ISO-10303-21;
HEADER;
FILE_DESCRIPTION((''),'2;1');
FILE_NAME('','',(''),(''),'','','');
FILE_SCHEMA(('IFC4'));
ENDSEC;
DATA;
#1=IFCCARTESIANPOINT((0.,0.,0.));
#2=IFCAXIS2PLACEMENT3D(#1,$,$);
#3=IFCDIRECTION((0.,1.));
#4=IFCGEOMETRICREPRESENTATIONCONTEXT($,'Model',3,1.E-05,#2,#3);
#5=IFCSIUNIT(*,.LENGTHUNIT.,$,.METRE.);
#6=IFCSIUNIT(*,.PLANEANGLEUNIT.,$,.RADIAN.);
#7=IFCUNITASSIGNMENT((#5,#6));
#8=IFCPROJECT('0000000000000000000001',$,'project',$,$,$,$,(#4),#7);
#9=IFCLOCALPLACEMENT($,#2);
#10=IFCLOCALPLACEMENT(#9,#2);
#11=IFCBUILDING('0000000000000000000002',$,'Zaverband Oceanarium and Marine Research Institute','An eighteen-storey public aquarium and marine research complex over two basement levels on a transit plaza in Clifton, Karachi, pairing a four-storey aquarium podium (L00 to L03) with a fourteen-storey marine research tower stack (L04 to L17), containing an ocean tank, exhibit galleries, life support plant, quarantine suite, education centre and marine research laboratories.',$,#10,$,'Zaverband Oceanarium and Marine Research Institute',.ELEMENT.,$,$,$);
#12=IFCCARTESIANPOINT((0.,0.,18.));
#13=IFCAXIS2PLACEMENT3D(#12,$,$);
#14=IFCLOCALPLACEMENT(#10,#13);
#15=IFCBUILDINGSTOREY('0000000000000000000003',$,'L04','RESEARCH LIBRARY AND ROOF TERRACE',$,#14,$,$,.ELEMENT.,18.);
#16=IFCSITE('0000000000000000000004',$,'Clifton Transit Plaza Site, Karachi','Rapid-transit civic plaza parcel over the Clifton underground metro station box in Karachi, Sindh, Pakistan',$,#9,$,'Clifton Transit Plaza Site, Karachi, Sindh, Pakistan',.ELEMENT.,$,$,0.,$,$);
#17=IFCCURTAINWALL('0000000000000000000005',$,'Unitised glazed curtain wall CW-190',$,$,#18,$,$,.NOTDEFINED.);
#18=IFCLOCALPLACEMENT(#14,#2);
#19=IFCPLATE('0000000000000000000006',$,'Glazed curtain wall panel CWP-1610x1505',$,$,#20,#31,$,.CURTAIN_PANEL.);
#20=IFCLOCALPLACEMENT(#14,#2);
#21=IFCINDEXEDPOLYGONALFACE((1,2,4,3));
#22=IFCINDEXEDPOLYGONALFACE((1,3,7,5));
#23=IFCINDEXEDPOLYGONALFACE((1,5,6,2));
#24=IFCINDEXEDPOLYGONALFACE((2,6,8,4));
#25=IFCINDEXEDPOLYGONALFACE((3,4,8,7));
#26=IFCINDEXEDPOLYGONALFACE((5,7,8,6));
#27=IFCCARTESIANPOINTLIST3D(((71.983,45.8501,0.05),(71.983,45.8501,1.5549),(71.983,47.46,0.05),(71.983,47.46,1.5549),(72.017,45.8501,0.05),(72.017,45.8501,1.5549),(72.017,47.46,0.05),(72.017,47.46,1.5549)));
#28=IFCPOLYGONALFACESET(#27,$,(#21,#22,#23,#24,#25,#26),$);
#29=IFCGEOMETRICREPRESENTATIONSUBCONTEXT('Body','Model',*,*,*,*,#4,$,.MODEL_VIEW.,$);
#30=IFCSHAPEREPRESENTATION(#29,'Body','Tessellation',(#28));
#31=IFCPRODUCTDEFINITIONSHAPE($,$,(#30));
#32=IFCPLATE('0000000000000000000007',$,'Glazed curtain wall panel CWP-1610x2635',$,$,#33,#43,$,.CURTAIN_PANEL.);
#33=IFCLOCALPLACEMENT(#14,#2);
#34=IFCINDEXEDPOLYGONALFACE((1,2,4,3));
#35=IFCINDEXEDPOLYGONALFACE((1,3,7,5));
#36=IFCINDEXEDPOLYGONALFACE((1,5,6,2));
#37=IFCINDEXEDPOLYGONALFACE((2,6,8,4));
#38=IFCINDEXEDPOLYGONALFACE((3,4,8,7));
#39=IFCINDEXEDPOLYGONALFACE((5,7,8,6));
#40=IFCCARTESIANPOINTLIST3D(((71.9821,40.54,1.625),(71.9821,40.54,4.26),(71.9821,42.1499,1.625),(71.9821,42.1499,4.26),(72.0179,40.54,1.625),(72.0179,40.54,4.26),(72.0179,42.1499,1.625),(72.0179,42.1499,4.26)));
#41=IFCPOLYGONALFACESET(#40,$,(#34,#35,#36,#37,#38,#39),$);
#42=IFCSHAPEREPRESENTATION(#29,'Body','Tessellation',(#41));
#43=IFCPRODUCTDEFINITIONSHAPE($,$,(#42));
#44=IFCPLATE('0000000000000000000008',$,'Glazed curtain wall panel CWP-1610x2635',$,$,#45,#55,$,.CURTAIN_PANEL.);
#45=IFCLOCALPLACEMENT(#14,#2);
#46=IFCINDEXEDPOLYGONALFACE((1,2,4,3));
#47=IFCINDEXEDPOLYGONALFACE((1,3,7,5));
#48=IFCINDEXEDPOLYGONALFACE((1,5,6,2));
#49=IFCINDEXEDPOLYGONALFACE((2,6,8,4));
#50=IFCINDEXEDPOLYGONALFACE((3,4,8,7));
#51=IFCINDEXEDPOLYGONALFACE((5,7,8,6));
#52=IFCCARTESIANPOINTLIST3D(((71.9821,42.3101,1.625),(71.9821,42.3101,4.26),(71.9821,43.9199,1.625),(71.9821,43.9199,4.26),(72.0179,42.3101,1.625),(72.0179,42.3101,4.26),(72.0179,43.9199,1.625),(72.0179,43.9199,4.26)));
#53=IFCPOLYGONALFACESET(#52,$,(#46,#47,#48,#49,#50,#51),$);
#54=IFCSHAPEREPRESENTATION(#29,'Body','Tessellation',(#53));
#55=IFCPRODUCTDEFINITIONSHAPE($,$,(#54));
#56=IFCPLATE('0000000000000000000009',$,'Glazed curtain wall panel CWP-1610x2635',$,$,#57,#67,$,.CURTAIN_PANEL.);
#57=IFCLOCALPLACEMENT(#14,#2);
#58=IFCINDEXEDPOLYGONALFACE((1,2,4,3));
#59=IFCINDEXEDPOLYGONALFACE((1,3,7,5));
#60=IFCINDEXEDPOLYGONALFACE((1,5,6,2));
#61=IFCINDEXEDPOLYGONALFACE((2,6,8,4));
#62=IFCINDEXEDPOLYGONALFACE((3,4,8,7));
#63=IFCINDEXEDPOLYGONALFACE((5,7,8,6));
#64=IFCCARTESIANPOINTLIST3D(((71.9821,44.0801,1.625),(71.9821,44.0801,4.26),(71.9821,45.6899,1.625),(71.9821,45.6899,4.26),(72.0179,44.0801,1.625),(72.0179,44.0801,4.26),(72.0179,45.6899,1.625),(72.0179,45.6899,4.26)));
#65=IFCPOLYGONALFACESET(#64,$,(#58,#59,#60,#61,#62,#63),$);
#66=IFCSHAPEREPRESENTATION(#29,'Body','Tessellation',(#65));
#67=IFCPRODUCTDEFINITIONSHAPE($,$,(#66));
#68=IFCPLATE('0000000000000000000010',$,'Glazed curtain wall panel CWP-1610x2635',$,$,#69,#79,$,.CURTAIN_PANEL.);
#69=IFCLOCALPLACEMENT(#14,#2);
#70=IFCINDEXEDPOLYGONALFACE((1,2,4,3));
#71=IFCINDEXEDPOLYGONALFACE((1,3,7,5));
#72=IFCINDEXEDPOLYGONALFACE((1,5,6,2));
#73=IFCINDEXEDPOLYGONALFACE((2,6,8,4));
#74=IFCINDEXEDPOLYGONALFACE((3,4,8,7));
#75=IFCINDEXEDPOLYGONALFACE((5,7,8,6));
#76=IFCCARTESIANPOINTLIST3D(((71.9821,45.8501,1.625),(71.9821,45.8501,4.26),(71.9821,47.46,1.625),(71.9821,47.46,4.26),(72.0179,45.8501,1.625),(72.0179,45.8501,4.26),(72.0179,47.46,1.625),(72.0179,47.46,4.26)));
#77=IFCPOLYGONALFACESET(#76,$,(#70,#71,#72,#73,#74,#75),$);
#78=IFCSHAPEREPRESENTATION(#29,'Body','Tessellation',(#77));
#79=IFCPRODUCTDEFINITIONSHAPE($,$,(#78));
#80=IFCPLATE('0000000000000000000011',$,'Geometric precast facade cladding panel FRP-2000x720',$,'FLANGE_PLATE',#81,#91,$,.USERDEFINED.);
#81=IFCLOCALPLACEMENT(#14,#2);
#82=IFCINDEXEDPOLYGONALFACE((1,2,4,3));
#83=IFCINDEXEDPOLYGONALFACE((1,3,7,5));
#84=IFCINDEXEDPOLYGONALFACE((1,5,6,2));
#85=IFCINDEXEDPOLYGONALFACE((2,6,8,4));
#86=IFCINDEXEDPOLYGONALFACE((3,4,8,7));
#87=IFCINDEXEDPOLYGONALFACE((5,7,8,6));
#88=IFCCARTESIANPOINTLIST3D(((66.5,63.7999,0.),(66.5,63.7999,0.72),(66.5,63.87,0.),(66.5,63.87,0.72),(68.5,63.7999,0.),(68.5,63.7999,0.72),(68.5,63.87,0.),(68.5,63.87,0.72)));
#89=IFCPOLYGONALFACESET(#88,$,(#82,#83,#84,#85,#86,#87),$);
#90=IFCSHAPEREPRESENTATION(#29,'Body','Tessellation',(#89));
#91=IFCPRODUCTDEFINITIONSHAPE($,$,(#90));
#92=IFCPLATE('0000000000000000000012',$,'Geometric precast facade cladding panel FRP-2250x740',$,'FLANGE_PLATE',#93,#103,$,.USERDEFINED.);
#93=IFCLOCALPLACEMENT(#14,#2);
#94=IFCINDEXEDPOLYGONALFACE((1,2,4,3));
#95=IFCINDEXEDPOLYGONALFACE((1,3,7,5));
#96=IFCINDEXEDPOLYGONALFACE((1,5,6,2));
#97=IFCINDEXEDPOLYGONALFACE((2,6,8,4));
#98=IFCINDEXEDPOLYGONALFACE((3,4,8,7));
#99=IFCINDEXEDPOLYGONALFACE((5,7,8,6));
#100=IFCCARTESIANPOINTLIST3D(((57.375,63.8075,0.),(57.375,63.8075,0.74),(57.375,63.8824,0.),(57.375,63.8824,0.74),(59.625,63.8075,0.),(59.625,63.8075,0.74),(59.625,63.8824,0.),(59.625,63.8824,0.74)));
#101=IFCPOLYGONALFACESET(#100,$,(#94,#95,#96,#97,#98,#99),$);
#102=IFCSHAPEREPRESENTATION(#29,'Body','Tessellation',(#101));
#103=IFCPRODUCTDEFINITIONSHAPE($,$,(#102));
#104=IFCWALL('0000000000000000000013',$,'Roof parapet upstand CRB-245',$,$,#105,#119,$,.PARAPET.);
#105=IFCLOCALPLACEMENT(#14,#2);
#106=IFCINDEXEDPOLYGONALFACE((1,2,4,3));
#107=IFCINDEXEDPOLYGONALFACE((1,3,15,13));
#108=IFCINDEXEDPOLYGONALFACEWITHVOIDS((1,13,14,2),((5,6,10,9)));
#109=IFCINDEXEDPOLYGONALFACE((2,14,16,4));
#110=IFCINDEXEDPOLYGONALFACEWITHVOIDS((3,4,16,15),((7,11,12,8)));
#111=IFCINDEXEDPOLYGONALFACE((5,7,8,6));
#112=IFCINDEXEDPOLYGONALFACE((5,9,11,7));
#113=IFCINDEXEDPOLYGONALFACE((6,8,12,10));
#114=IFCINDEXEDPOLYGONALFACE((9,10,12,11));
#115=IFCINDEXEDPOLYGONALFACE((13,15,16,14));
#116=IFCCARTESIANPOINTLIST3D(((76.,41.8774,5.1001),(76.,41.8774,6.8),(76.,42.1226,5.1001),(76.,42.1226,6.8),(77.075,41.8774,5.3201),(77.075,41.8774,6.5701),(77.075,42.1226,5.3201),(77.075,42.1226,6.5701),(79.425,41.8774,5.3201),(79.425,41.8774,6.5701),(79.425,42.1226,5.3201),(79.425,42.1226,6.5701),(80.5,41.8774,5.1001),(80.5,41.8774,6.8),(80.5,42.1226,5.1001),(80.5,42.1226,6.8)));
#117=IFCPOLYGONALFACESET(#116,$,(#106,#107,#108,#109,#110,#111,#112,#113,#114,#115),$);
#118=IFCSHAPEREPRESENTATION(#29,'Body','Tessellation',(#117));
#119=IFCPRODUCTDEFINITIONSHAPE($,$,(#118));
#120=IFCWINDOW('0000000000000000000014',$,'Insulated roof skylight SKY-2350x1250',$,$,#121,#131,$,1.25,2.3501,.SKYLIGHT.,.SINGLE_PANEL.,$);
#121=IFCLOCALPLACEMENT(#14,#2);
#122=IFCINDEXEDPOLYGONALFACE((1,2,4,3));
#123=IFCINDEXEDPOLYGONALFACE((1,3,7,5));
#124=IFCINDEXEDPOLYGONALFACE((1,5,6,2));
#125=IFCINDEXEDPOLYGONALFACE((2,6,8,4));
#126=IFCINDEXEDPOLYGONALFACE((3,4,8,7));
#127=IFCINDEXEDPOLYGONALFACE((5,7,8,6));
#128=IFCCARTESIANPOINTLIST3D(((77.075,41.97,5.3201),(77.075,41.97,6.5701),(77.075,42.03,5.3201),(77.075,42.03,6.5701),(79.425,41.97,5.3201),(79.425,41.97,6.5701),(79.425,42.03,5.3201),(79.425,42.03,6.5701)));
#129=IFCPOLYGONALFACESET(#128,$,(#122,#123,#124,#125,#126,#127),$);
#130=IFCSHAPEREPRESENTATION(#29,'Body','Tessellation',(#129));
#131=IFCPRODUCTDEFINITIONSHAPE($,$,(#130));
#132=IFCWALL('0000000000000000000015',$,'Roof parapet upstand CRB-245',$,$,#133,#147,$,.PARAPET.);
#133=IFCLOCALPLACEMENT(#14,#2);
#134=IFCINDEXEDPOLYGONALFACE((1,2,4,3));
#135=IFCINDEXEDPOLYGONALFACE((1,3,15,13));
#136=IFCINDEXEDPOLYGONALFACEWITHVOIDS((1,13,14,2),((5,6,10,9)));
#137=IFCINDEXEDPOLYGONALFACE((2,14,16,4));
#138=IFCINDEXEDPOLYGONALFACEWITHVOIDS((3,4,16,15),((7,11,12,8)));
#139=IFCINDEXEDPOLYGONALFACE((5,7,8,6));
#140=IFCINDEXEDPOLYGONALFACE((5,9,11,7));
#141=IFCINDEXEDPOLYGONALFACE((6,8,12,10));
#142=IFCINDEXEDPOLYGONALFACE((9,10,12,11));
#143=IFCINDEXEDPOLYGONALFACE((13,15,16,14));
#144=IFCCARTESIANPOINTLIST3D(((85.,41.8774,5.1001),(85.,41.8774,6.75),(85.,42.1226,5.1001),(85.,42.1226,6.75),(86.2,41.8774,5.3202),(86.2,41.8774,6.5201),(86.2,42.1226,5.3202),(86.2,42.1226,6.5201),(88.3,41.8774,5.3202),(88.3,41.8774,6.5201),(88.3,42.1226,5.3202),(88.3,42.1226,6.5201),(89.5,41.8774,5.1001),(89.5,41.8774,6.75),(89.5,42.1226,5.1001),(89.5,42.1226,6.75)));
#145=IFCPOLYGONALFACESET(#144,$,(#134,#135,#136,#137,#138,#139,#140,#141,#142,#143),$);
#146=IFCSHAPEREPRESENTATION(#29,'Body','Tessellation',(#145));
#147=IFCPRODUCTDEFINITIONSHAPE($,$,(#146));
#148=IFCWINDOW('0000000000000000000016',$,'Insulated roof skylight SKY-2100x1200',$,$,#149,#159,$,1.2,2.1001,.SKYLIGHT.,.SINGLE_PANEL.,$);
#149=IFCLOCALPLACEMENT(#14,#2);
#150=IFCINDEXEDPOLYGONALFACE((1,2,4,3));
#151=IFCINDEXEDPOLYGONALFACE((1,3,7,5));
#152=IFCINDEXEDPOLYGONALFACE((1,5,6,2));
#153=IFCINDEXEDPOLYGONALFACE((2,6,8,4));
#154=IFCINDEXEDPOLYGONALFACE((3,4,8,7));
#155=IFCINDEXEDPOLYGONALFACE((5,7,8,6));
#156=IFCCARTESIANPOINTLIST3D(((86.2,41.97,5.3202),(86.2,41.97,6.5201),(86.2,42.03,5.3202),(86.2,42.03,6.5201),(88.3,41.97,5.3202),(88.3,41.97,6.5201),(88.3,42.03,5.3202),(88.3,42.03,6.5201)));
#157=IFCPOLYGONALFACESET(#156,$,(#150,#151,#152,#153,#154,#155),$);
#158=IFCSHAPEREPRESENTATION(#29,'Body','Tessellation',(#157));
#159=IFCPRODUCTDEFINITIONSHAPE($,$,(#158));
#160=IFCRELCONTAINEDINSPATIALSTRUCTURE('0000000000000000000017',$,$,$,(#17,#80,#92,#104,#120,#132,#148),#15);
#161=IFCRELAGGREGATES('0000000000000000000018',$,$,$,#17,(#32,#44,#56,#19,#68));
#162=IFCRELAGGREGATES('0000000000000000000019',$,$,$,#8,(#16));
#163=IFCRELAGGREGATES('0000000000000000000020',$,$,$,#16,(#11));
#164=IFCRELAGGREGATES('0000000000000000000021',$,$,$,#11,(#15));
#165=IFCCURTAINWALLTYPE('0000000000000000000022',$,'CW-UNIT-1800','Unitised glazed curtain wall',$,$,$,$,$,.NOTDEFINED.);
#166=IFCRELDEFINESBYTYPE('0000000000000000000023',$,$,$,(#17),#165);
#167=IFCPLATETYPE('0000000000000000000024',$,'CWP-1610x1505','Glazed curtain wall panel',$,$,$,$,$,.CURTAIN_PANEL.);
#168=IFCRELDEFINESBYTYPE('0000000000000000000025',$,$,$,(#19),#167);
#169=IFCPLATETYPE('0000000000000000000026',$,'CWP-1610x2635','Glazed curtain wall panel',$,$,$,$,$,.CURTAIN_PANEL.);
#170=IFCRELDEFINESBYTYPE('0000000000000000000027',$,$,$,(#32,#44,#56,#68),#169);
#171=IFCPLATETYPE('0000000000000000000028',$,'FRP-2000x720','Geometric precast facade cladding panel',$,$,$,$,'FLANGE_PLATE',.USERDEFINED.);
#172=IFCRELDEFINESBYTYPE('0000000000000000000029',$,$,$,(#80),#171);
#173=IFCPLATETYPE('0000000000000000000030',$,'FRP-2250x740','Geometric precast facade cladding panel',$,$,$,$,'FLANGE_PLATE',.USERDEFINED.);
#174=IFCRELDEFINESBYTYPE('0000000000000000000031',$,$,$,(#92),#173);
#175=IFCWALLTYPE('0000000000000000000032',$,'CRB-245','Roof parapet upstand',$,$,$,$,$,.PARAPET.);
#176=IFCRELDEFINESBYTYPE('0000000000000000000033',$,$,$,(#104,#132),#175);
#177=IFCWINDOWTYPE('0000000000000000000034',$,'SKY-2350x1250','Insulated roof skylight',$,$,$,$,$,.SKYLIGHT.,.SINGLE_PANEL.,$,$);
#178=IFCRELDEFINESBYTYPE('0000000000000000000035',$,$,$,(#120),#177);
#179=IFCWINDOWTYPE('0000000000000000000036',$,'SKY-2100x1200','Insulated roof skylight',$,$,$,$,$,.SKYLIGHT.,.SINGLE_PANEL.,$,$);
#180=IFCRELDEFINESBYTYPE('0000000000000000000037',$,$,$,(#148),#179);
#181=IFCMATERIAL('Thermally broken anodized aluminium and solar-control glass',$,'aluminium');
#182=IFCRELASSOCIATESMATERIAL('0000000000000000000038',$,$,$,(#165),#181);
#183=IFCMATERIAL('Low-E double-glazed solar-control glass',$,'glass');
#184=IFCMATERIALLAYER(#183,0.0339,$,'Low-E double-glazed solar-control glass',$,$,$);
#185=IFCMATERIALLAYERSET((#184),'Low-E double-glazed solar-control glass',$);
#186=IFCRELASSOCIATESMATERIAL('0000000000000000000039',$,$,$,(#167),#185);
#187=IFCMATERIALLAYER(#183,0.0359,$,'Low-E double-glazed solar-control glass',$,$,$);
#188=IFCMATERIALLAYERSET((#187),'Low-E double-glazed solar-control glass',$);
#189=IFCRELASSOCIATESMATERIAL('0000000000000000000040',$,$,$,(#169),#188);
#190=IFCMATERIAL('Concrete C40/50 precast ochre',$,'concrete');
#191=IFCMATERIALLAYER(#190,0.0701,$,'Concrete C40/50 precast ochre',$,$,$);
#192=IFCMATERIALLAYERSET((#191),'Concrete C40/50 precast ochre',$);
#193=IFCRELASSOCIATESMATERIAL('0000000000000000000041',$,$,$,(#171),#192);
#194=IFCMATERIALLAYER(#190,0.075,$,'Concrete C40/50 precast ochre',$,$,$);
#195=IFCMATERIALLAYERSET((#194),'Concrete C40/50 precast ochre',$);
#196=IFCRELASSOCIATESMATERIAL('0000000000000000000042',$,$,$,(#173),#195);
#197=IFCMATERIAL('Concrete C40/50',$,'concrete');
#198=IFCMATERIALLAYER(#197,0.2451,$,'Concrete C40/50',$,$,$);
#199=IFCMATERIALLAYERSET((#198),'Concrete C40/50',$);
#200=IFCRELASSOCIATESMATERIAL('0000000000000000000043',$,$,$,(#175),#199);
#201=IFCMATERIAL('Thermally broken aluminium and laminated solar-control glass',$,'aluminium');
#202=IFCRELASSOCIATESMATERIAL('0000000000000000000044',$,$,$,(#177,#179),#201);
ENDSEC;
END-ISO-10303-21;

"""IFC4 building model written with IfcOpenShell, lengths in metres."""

from ifc_helpers import new_model, si_unit, direction, frame, frame_2d, origin, place, context, subcontext, project, spatial, rectangle, extrude, material, layer, layer_set, type_object, element, fill, aggregate, save


model = new_model("IFC4")

# Units and contexts
model_context = context("Model", 3, precision=1e-05, world=origin(), true_north=direction((0.0, 1.0)))
body_context = subcontext(model_context, "Body", "Model", "MODEL_VIEW")
ifc_project = project(units=[si_unit("LENGTHUNIT", "METRE"), si_unit("PLANEANGLEUNIT", "RADIAN")], contexts=[model_context])

# Site, building, storey
site_placement = place(None, origin())
site = spatial("IfcSite", under=ifc_project, at=site_placement, Name="Clifton Transit Plaza Site, Karachi", Description="Rapid-transit civic plaza parcel over the Clifton underground metro station box in Karachi, Sindh, Pakistan", LongName="Clifton Transit Plaza Site, Karachi, Sindh, Pakistan", CompositionType="ELEMENT", RefElevation=0.0)
building_placement = place(site_placement, origin())
building = spatial("IfcBuilding", under=site, at=building_placement, Name="Zaverband Oceanarium and Marine Research Institute", Description="An eighteen-storey public aquarium and marine research complex over two basement levels on a transit plaza in Clifton, Karachi, pairing a four-storey aquarium podium (L00 to L03) with a fourteen-storey marine research tower stack (L04 to L17), containing an ocean tank, exhibit galleries, life support plant, quarantine suite, education centre and marine research laboratories.", LongName="Zaverband Oceanarium and Marine Research Institute", CompositionType="ELEMENT")
storey_placement = place(building_placement, frame((0.0, 0.0, 18.0)))
storey = spatial("IfcBuildingStorey", under=building, at=storey_placement, Name="L04", Description="RESEARCH LIBRARY AND ROOF TERRACE", CompositionType="ELEMENT", Elevation=18.0)

# Shared definitions
ifc_material_1 = material(Name="Concrete C40/50", Category="concrete")

# Curtain wall
ifc_material_2 = material(Name="Thermally broken anodized aluminium and solar-control glass", Category="aluminium")
curtain_wall_type = type_object("IfcCurtainWallType", Name="CW-UNIT-1800", Description="Unitised glazed curtain wall", PredefinedType="NOTDEFINED", material=ifc_material_2)
curtain_wall_placement = place(storey_placement, origin())
curtain_wall = element("IfcCurtainWall", 1, at=curtain_wall_placement, inside=storey, type_object=curtain_wall_type, Name="Unitised glazed curtain wall CW-190", PredefinedType="NOTDEFINED")

# Plates
ifc_material_3 = material(Name="Low-E double-glazed solar-control glass", Category="glass")
ifc_layer_1 = layer(ifc_material_3, 0.0339, Name="Low-E double-glazed solar-control glass")
ifc_layer_set_1 = layer_set([ifc_layer_1], Name="Low-E double-glazed solar-control glass")
plate_type_1 = type_object("IfcPlateType", Name="CWP-1610x1505", Description="Glazed curtain wall panel", PredefinedType="CURTAIN_PANEL", material=ifc_layer_set_1)
plate_1_placement = place(storey_placement, frame((72.0, 45.8501, 0.05), z_axis=(0.0, 0.0, 1.0), x_axis=(0.0, 1.0, 0.0)))
plate_1 = element("IfcPlate", 2, at=plate_1_placement, type_object=plate_type_1, Name="Glazed curtain wall panel CWP-1610x1505", PredefinedType="CURTAIN_PANEL", context=body_context, shape_type="SweptSolid", body=[
    extrude(rectangle(XDim=1.6099, YDim=0.0339, at=frame_2d((0.8049, 0.0))), origin(), (0.0, 0.0, 1.0), 1.5049),
])
ifc_layer_2 = layer(ifc_material_3, 0.0359, Name="Low-E double-glazed solar-control glass")
ifc_layer_set_2 = layer_set([ifc_layer_2], Name="Low-E double-glazed solar-control glass")
plate_type_2 = type_object("IfcPlateType", Name="CWP-1610x2635", Description="Glazed curtain wall panel", PredefinedType="CURTAIN_PANEL", material=ifc_layer_set_2)
plate_2_placement = place(storey_placement, frame((72.0, 40.54, 1.625), z_axis=(0.0, 0.0, 1.0), x_axis=(0.0, 1.0, 0.0)))
plate_2 = element("IfcPlate", 3, at=plate_2_placement, type_object=plate_type_2, Name="Glazed curtain wall panel CWP-1610x2635", PredefinedType="CURTAIN_PANEL", context=body_context, shape_type="SweptSolid", body=[
    extrude(rectangle(XDim=1.6099, YDim=0.0359, at=frame_2d((0.8049, 0.0))), origin(), (0.0, 0.0, 1.0), 2.635),
])
plate_3_placement = place(storey_placement, frame((72.0, 42.3101, 1.625), z_axis=(0.0, 0.0, 1.0), x_axis=(0.0, 1.0, 0.0)))
plate_3 = element("IfcPlate", 4, at=plate_3_placement, type_object=plate_type_2, Name="Glazed curtain wall panel CWP-1610x2635", PredefinedType="CURTAIN_PANEL", context=body_context, shape_type="SweptSolid", body=[
    extrude(rectangle(XDim=1.6099, YDim=0.0359, at=frame_2d((0.8049, 0.0))), origin(), (0.0, 0.0, 1.0), 2.635),
])
plate_4_placement = place(storey_placement, frame((72.0, 44.0801, 1.625), z_axis=(0.0, 0.0, 1.0), x_axis=(0.0, 1.0, 0.0)))
plate_4 = element("IfcPlate", 5, at=plate_4_placement, type_object=plate_type_2, Name="Glazed curtain wall panel CWP-1610x2635", PredefinedType="CURTAIN_PANEL", context=body_context, shape_type="SweptSolid", body=[
    extrude(rectangle(XDim=1.6099, YDim=0.0359, at=frame_2d((0.8049, 0.0))), origin(), (0.0, 0.0, 1.0), 2.635),
])
plate_5_placement = place(storey_placement, frame((72.0, 45.8501, 1.625), z_axis=(0.0, 0.0, 1.0), x_axis=(0.0, 1.0, 0.0)))
plate_5 = element("IfcPlate", 6, at=plate_5_placement, type_object=plate_type_2, Name="Glazed curtain wall panel CWP-1610x2635", PredefinedType="CURTAIN_PANEL", context=body_context, shape_type="SweptSolid", body=[
    extrude(rectangle(XDim=1.6099, YDim=0.0359, at=frame_2d((0.8049, 0.0))), origin(), (0.0, 0.0, 1.0), 2.635),
])
aggregate(curtain_wall, [plate_2, plate_3, plate_4, plate_1, plate_5])

# Plates
ifc_material_4 = material(Name="Concrete C40/50 precast ochre", Category="concrete")
ifc_layer_3 = layer(ifc_material_4, 0.0701, Name="Concrete C40/50 precast ochre")
ifc_layer_set_3 = layer_set([ifc_layer_3], Name="Concrete C40/50 precast ochre")
plate_type_3 = type_object("IfcPlateType", Name="FRP-2000x720", Description="Geometric precast facade cladding panel", ElementType="FLANGE_PLATE", PredefinedType="USERDEFINED", material=ifc_layer_set_3)
plate_6_placement = place(storey_placement, frame((66.5, 63.835, 0.0), z_axis=(0.0, 0.0, 1.0), x_axis=(1.0, 0.0, 0.0)))
element("IfcPlate", 7, at=plate_6_placement, inside=storey, type_object=plate_type_3, Name="Geometric precast facade cladding panel FRP-2000x720", ObjectType="FLANGE_PLATE", PredefinedType="USERDEFINED", context=body_context, shape_type="SweptSolid", body=[
    extrude(rectangle(XDim=2.0, YDim=0.0701, at=frame_2d((1.0, 0.0))), origin(), (0.0, 0.0, 1.0), 0.72),
])
ifc_layer_4 = layer(ifc_material_4, 0.075, Name="Concrete C40/50 precast ochre")
ifc_layer_set_4 = layer_set([ifc_layer_4], Name="Concrete C40/50 precast ochre")
plate_type_4 = type_object("IfcPlateType", Name="FRP-2250x740", Description="Geometric precast facade cladding panel", ElementType="FLANGE_PLATE", PredefinedType="USERDEFINED", material=ifc_layer_set_4)
plate_7_placement = place(storey_placement, frame((57.375, 63.845, 0.0), z_axis=(0.0, 0.0, 1.0), x_axis=(1.0, 0.0, 0.0)))
element("IfcPlate", 8, at=plate_7_placement, inside=storey, type_object=plate_type_4, Name="Geometric precast facade cladding panel FRP-2250x740", ObjectType="FLANGE_PLATE", PredefinedType="USERDEFINED", context=body_context, shape_type="SweptSolid", body=[
    extrude(rectangle(XDim=2.25, YDim=0.075, at=frame_2d((1.125, 0.0))), origin(), (0.0, 0.0, 1.0), 0.74),
])

# Walls, openings, windows
ifc_layer_5 = layer(ifc_material_1, 0.2451, Name="Concrete C40/50")
ifc_layer_set_5 = layer_set([ifc_layer_5], Name="Concrete C40/50")
wall_type_1 = type_object("IfcWallType", Name="CRB-245", Description="Roof parapet upstand", PredefinedType="PARAPET", material=ifc_layer_set_5)
wall_1_placement = place(storey_placement, frame((76.0, 42.0, 5.1001), z_axis=(0.0, 0.0, 1.0), x_axis=(1.0, 0.0, 0.0)))
wall_1 = element("IfcWall", 9, at=wall_1_placement, inside=storey, type_object=wall_type_1, Name="Roof parapet upstand CRB-245", PredefinedType="PARAPET", context=body_context, shape_type="SweptSolid", body=[
    extrude(rectangle(XDim=4.5, YDim=0.2451, at=frame_2d((2.25, 0.0))), origin(), (0.0, 0.0, 1.0), 1.7),
])
opening_1_placement = place(wall_1_placement, frame((1.075, 0.0, 0.22)))
opening_1 = element("IfcOpeningElement", 10, at=opening_1_placement, cuts=wall_1, PredefinedType="OPENING", context=body_context, shape_type="SweptSolid", body=[
    extrude(rectangle(XDim=2.3501, YDim=1.25, at=frame_2d((1.175, 0.625))), frame((0.0, 0.1345, 0.0), z_axis=(0.0, -1.0, 0.0), x_axis=(1.0, 0.0, 0.0)), (0.0, 0.0, 1.0), 0.269),
])
ifc_material_5 = material(Name="Thermally broken aluminium and laminated solar-control glass", Category="aluminium")
window_type_1 = type_object("IfcWindowType", Name="SKY-2350x1250", Description="Insulated roof skylight", PartitioningType="SINGLE_PANEL", PredefinedType="SKYLIGHT", material=ifc_material_5)
window_1_placement = place(opening_1_placement, origin())
window_1 = element("IfcWindow", 11, at=window_1_placement, inside=storey, type_object=window_type_1, Name="Insulated roof skylight SKY-2350x1250", OverallHeight=1.25, OverallWidth=2.3501, PartitioningType="SINGLE_PANEL", PredefinedType="SKYLIGHT", context=body_context, shape_type="SweptSolid", body=[
    extrude(rectangle(XDim=2.3501, YDim=1.25, at=frame_2d((1.175, 0.625))), frame((0.0, 0.03, 0.0), z_axis=(0.0, -1.0, 0.0), x_axis=(1.0, 0.0, 0.0)), (0.0, 0.0, 1.0), 0.0601),
])
fill(opening_1, window_1)
wall_2_placement = place(storey_placement, frame((85.0, 42.0, 5.1001), z_axis=(0.0, 0.0, 1.0), x_axis=(1.0, 0.0, 0.0)))
wall_2 = element("IfcWall", 12, at=wall_2_placement, inside=storey, type_object=wall_type_1, Name="Roof parapet upstand CRB-245", PredefinedType="PARAPET", context=body_context, shape_type="SweptSolid", body=[
    extrude(rectangle(XDim=4.5, YDim=0.2451, at=frame_2d((2.25, 0.0))), origin(), (0.0, 0.0, 1.0), 1.6499),
])
opening_2_placement = place(wall_2_placement, frame((1.2, 0.0, 0.22)))
opening_2 = element("IfcOpeningElement", 13, at=opening_2_placement, cuts=wall_2, PredefinedType="OPENING", context=body_context, shape_type="SweptSolid", body=[
    extrude(rectangle(XDim=2.1001, YDim=1.2, at=frame_2d((1.05, 0.6001))), frame((0.0, 0.1345, 0.0), z_axis=(0.0, -1.0, 0.0), x_axis=(1.0, 0.0, 0.0)), (0.0, 0.0, 1.0), 0.269),
])
window_type_2 = type_object("IfcWindowType", Name="SKY-2100x1200", Description="Insulated roof skylight", PartitioningType="SINGLE_PANEL", PredefinedType="SKYLIGHT", material=ifc_material_5)
window_2_placement = place(opening_2_placement, origin())
window_2 = element("IfcWindow", 14, at=window_2_placement, inside=storey, type_object=window_type_2, Name="Insulated roof skylight SKY-2100x1200", OverallHeight=1.2, OverallWidth=2.1001, PartitioningType="SINGLE_PANEL", PredefinedType="SKYLIGHT", context=body_context, shape_type="SweptSolid", body=[
    extrude(rectangle(XDim=2.1001, YDim=1.2, at=frame_2d((1.05, 0.6001))), frame((0.0, 0.03, 0.0), z_axis=(0.0, -1.0, 0.0), x_axis=(1.0, 0.0, 0.0)), (0.0, 0.0, 1.0), 0.0601),
])
fill(opening_2, window_2)

save(model, "model.ifc")
